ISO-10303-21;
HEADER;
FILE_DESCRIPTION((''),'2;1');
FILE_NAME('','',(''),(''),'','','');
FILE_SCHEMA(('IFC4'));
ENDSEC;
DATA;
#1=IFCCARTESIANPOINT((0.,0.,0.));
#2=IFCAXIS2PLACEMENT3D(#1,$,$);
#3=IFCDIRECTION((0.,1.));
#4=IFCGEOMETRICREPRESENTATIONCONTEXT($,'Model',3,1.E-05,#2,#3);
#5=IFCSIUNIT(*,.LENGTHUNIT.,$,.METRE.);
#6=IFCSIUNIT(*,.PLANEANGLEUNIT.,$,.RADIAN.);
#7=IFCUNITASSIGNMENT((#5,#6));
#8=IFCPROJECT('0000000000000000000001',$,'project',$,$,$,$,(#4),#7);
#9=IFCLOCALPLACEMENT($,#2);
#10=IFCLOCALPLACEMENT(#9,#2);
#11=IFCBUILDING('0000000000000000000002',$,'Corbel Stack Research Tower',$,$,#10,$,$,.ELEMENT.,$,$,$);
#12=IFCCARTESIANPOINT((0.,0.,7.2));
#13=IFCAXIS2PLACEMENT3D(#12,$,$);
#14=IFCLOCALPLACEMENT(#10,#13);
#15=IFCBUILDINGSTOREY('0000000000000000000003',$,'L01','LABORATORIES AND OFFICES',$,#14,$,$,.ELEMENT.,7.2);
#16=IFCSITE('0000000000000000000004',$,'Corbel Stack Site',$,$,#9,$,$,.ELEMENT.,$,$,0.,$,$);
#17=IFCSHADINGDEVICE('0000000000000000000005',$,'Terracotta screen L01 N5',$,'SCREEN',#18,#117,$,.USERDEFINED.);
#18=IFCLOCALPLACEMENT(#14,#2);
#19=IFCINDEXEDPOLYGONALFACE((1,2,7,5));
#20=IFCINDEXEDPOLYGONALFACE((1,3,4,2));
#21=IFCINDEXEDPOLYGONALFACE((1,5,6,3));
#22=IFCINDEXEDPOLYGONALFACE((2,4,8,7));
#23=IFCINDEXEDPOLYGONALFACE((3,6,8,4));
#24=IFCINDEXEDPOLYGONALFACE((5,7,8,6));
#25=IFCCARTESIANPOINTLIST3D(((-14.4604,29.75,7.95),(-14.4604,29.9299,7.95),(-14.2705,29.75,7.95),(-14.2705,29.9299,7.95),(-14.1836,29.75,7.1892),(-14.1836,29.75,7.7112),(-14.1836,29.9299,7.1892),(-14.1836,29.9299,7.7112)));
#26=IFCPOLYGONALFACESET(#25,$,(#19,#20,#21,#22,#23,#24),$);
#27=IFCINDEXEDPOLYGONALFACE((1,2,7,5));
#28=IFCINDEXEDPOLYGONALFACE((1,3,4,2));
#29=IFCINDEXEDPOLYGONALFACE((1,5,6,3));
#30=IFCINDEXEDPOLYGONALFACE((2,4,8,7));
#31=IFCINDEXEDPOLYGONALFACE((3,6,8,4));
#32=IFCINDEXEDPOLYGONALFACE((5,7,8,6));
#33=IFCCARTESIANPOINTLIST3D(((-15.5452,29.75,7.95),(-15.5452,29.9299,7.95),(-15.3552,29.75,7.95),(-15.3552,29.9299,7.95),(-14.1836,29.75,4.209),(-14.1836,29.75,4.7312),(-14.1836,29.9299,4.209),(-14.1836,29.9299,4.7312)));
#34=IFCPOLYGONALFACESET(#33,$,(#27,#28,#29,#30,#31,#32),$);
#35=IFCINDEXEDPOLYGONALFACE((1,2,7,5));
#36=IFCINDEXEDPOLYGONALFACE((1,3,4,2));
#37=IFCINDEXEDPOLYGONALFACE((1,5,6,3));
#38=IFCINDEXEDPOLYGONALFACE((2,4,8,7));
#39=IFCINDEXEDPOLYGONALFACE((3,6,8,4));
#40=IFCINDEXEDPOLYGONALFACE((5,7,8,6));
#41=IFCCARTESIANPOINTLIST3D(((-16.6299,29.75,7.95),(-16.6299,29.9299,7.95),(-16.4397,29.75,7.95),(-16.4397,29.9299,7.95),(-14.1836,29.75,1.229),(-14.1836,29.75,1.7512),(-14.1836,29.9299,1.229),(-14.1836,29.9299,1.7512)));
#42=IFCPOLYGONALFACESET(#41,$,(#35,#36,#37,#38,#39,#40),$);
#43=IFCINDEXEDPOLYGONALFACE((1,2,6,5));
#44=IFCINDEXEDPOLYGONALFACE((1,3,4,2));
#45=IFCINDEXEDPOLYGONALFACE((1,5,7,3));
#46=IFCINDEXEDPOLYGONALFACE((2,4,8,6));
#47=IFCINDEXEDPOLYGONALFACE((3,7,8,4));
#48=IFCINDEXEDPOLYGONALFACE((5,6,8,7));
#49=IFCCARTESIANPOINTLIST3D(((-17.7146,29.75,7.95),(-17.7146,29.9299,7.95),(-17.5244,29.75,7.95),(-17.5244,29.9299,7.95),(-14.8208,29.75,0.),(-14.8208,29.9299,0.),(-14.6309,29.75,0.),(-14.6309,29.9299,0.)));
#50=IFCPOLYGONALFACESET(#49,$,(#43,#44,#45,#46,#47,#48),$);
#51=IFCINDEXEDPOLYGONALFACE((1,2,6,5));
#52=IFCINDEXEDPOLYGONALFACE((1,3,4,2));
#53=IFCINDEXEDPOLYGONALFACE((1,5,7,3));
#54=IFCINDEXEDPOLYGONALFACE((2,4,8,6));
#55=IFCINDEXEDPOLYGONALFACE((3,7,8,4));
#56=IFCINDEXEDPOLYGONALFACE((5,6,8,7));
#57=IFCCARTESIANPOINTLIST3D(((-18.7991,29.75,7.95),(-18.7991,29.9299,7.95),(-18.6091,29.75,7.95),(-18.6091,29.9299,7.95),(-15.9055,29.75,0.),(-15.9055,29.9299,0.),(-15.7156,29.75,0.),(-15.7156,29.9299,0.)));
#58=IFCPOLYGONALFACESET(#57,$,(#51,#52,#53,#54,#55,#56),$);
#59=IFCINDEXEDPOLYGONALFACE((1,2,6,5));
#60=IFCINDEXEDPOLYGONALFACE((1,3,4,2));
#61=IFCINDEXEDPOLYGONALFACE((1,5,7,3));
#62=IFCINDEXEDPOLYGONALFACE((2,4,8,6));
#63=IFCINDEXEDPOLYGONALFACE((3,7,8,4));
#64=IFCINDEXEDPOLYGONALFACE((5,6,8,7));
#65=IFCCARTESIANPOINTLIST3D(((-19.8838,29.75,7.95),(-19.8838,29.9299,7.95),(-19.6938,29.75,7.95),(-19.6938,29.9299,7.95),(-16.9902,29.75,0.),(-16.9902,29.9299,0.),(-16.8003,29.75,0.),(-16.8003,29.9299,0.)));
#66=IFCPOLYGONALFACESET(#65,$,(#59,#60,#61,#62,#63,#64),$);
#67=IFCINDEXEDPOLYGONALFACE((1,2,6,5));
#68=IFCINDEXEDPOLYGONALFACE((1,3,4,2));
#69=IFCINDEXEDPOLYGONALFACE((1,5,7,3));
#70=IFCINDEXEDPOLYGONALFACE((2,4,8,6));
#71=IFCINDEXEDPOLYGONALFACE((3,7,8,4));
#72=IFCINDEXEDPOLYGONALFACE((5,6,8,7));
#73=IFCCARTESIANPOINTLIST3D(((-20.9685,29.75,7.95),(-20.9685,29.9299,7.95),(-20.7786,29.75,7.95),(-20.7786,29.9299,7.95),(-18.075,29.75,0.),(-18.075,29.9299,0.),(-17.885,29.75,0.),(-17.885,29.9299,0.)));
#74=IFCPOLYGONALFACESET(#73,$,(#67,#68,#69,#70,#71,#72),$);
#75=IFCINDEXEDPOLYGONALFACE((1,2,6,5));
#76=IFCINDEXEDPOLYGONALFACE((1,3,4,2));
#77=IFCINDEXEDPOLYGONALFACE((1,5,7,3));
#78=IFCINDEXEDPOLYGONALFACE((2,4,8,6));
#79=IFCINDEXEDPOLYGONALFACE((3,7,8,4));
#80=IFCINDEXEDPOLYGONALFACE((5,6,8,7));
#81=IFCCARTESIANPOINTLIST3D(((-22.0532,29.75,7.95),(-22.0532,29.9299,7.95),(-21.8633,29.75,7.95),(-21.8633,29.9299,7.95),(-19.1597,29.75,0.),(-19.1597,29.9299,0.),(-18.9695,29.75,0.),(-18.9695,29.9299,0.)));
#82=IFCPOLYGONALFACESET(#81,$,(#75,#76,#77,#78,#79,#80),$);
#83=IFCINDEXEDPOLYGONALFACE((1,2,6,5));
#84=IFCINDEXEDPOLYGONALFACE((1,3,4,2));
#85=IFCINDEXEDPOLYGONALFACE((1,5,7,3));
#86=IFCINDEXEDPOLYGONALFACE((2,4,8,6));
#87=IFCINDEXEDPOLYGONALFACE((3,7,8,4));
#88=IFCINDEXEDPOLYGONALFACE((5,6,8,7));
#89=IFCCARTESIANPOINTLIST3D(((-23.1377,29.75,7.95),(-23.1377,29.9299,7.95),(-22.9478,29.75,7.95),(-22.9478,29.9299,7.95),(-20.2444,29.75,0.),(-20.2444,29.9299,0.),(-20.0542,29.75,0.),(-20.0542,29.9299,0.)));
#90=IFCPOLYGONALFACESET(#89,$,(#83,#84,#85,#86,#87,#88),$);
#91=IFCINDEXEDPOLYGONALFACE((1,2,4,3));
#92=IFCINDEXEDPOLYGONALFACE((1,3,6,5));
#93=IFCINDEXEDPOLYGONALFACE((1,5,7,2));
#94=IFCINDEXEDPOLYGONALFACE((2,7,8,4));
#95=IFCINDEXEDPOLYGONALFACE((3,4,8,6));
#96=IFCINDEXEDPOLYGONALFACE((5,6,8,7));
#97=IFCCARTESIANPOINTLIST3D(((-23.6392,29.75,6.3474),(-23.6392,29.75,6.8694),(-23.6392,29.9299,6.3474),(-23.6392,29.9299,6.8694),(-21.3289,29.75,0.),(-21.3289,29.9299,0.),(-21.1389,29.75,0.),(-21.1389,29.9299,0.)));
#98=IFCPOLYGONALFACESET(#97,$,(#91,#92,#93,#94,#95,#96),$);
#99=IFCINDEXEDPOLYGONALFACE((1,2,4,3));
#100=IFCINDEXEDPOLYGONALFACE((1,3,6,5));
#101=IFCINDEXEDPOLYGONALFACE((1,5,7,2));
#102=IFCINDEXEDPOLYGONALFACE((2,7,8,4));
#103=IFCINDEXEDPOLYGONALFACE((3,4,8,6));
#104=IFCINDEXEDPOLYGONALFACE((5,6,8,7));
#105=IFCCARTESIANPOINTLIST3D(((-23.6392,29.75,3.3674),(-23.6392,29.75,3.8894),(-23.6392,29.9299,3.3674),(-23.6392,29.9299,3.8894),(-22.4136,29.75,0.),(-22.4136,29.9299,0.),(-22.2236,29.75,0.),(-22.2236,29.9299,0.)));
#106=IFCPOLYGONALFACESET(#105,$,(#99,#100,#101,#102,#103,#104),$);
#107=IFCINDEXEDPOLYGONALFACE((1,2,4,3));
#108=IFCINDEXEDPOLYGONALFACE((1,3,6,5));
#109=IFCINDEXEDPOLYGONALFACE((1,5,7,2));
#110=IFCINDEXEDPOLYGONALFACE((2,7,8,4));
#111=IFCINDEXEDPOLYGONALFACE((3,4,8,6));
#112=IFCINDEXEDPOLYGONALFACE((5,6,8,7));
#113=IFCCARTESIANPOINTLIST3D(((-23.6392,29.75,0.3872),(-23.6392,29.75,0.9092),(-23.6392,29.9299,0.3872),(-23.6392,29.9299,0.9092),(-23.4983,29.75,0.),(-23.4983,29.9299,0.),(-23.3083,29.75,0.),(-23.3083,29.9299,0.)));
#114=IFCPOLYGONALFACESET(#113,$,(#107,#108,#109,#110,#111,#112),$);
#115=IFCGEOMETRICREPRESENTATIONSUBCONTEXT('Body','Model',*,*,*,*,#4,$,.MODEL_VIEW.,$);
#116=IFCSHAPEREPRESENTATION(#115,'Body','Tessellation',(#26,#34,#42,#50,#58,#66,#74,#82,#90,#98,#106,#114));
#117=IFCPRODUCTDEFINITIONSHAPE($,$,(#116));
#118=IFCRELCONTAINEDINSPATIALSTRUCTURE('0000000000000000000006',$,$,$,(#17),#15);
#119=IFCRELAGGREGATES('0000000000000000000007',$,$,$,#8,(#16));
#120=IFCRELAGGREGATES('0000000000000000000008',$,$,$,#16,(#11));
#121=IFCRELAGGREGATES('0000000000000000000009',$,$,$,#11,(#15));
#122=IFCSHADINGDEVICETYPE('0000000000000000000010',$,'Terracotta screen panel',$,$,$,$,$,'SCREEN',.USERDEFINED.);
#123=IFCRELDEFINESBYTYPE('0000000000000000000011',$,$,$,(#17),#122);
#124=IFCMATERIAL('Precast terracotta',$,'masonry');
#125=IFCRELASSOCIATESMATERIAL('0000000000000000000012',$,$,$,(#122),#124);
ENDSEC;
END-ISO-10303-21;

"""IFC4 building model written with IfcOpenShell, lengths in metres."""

from ifc_helpers import new_model, si_unit, direction, frame, origin, place, context, subcontext, project, spatial, polyline, outline, extrude, source, transform, mapped, material, type_object, element, save


model = new_model("IFC4")

# Units and contexts
model_context = context("Model", 3, precision=1e-05, world=origin(), true_north=direction((0.0, 1.0)))
body_context = subcontext(model_context, "Body", "Model", "MODEL_VIEW")
ifc_project = project(units=[si_unit("LENGTHUNIT", "METRE"), si_unit("PLANEANGLEUNIT", "RADIAN")], contexts=[model_context])

# Site, building, storey
site_placement = place(None, origin())
site = spatial("IfcSite", under=ifc_project, at=site_placement, Name="Corbel Stack Site", CompositionType="ELEMENT", RefElevation=0.0)
building_placement = place(site_placement, origin())
building = spatial("IfcBuilding", under=site, at=building_placement, Name="Corbel Stack Research Tower", CompositionType="ELEMENT")
storey_placement = place(building_placement, frame((0.0, 0.0, 7.2)))
storey = spatial("IfcBuildingStorey", under=building, at=storey_placement, Name="L01", Description="LABORATORIES AND OFFICES", CompositionType="ELEMENT", Elevation=7.2)

# Shading device
ifc_material_1 = material(Name="Precast terracotta", Category="masonry")
shading_device_type = type_object("IfcShadingDeviceType", Name="Terracotta screen panel", ElementType="SCREEN", PredefinedType="USERDEFINED", material=ifc_material_1)
shared_shape_1 = source(origin(), body_context, "Body", "SweptSolid", [
    extrude(outline(polyline([(0.2769, 7.95), (0.0869, 7.95), (0.0, 7.7112), (0.0, 7.1892), (0.2769, 7.95)])), frame((0.0, 0.0, 0.0), z_axis=(0.0, -1.0, 0.0), x_axis=(1.0, 0.0, 0.0)), (0.0, 0.0, 1.0), 0.1799),
    extrude(outline(polyline([(1.3616, 7.95), (1.1716, 7.95), (0.0, 4.7312), (0.0, 4.209), (1.3616, 7.95)])), frame((0.0, 0.0, 0.0), z_axis=(0.0, -1.0, 0.0), x_axis=(1.0, 0.0, 0.0)), (0.0, 0.0, 1.0), 0.1799),
    extrude(outline(polyline([(2.4463, 7.95), (2.2561, 7.95), (0.0, 1.7512), (0.0, 1.229), (2.4463, 7.95)])), frame((0.0, 0.0, 0.0), z_axis=(0.0, -1.0, 0.0), x_axis=(1.0, 0.0, 0.0)), (0.0, 0.0, 1.0), 0.1799),
    extrude(outline(polyline([(0.6372, 0.0), (3.531, 7.95), (3.3408, 7.95), (0.4473, 0.0), (0.6372, 0.0)])), frame((0.0, 0.0, 0.0), z_axis=(0.0, -1.0, 0.0), x_axis=(1.0, 0.0, 0.0)), (0.0, 0.0, 1.0), 0.1799),
    extrude(outline(polyline([(1.7219, 0.0), (4.6155, 7.95), (4.4255, 7.95), (1.532, 0.0), (1.7219, 0.0)])), frame((0.0, 0.0, 0.0), z_axis=(0.0, -1.0, 0.0), x_axis=(1.0, 0.0, 0.0)), (0.0, 0.0, 1.0), 0.1799),
    extrude(outline(polyline([(2.8066, 0.0), (5.7002, 7.95), (5.5103, 7.95), (2.6167, 0.0), (2.8066, 0.0)])), frame((0.0, 0.0, 0.0), z_axis=(0.0, -1.0, 0.0), x_axis=(1.0, 0.0, 0.0)), (0.0, 0.0, 1.0), 0.1799),
    extrude(outline(polyline([(3.8914, 0.0), (6.7849, 7.95), (6.595, 7.95), (3.7014, 0.0), (3.8914, 0.0)])), frame((0.0, 0.0, 0.0), z_axis=(0.0, -1.0, 0.0), x_axis=(1.0, 0.0, 0.0)), (0.0, 0.0, 1.0), 0.1799),
    extrude(outline(polyline([(4.9761, 0.0), (7.8696, 7.95), (7.6797, 7.95), (4.7859, 0.0), (4.9761, 0.0)])), frame((0.0, 0.0, 0.0), z_axis=(0.0, -1.0, 0.0), x_axis=(1.0, 0.0, 0.0)), (0.0, 0.0, 1.0), 0.1799),
    extrude(outline(polyline([(6.0608, 0.0), (8.9541, 7.95), (8.7642, 7.95), (5.8706, 0.0), (6.0608, 0.0)])), frame((0.0, 0.0, 0.0), z_axis=(0.0, -1.0, 0.0), x_axis=(1.0, 0.0, 0.0)), (0.0, 0.0, 1.0), 0.1799),
    extrude(outline(polyline([(7.1453, 0.0), (9.4556, 6.3474), (9.4556, 6.8694), (6.9553, 0.0), (7.1453, 0.0)])), frame((0.0, 0.0, 0.0), z_axis=(0.0, -1.0, 0.0), x_axis=(1.0, 0.0, 0.0)), (0.0, 0.0, 1.0), 0.1799),
    extrude(outline(polyline([(8.23, 0.0), (9.4556, 3.3674), (9.4556, 3.8894), (8.04, 0.0), (8.23, 0.0)])), frame((0.0, 0.0, 0.0), z_axis=(0.0, -1.0, 0.0), x_axis=(1.0, 0.0, 0.0)), (0.0, 0.0, 1.0), 0.1799),
    extrude(outline(polyline([(9.3147, 0.0), (9.4556, 0.3872), (9.4556, 0.9092), (9.1248, 0.0), (9.3147, 0.0)])), frame((0.0, 0.0, 0.0), z_axis=(0.0, -1.0, 0.0), x_axis=(1.0, 0.0, 0.0)), (0.0, 0.0, 1.0), 0.1799),
])
shading_device_1_placement = place(storey_placement, frame((-14.1836, 29.75, 0.0), z_axis=(0.0, 0.0, 1.0), x_axis=(-1.0, 0.0, 0.0)))
element("IfcShadingDevice", 1, at=shading_device_1_placement, inside=storey, type_object=shading_device_type, Name="Terracotta screen L01 N5", ObjectType="SCREEN", PredefinedType="USERDEFINED", context=body_context, shape_type="MappedRepresentation", body=[
    mapped(shared_shape_1, transform((0.0, 0.0, 0.0))),
])

save(model, "model.ifc")
